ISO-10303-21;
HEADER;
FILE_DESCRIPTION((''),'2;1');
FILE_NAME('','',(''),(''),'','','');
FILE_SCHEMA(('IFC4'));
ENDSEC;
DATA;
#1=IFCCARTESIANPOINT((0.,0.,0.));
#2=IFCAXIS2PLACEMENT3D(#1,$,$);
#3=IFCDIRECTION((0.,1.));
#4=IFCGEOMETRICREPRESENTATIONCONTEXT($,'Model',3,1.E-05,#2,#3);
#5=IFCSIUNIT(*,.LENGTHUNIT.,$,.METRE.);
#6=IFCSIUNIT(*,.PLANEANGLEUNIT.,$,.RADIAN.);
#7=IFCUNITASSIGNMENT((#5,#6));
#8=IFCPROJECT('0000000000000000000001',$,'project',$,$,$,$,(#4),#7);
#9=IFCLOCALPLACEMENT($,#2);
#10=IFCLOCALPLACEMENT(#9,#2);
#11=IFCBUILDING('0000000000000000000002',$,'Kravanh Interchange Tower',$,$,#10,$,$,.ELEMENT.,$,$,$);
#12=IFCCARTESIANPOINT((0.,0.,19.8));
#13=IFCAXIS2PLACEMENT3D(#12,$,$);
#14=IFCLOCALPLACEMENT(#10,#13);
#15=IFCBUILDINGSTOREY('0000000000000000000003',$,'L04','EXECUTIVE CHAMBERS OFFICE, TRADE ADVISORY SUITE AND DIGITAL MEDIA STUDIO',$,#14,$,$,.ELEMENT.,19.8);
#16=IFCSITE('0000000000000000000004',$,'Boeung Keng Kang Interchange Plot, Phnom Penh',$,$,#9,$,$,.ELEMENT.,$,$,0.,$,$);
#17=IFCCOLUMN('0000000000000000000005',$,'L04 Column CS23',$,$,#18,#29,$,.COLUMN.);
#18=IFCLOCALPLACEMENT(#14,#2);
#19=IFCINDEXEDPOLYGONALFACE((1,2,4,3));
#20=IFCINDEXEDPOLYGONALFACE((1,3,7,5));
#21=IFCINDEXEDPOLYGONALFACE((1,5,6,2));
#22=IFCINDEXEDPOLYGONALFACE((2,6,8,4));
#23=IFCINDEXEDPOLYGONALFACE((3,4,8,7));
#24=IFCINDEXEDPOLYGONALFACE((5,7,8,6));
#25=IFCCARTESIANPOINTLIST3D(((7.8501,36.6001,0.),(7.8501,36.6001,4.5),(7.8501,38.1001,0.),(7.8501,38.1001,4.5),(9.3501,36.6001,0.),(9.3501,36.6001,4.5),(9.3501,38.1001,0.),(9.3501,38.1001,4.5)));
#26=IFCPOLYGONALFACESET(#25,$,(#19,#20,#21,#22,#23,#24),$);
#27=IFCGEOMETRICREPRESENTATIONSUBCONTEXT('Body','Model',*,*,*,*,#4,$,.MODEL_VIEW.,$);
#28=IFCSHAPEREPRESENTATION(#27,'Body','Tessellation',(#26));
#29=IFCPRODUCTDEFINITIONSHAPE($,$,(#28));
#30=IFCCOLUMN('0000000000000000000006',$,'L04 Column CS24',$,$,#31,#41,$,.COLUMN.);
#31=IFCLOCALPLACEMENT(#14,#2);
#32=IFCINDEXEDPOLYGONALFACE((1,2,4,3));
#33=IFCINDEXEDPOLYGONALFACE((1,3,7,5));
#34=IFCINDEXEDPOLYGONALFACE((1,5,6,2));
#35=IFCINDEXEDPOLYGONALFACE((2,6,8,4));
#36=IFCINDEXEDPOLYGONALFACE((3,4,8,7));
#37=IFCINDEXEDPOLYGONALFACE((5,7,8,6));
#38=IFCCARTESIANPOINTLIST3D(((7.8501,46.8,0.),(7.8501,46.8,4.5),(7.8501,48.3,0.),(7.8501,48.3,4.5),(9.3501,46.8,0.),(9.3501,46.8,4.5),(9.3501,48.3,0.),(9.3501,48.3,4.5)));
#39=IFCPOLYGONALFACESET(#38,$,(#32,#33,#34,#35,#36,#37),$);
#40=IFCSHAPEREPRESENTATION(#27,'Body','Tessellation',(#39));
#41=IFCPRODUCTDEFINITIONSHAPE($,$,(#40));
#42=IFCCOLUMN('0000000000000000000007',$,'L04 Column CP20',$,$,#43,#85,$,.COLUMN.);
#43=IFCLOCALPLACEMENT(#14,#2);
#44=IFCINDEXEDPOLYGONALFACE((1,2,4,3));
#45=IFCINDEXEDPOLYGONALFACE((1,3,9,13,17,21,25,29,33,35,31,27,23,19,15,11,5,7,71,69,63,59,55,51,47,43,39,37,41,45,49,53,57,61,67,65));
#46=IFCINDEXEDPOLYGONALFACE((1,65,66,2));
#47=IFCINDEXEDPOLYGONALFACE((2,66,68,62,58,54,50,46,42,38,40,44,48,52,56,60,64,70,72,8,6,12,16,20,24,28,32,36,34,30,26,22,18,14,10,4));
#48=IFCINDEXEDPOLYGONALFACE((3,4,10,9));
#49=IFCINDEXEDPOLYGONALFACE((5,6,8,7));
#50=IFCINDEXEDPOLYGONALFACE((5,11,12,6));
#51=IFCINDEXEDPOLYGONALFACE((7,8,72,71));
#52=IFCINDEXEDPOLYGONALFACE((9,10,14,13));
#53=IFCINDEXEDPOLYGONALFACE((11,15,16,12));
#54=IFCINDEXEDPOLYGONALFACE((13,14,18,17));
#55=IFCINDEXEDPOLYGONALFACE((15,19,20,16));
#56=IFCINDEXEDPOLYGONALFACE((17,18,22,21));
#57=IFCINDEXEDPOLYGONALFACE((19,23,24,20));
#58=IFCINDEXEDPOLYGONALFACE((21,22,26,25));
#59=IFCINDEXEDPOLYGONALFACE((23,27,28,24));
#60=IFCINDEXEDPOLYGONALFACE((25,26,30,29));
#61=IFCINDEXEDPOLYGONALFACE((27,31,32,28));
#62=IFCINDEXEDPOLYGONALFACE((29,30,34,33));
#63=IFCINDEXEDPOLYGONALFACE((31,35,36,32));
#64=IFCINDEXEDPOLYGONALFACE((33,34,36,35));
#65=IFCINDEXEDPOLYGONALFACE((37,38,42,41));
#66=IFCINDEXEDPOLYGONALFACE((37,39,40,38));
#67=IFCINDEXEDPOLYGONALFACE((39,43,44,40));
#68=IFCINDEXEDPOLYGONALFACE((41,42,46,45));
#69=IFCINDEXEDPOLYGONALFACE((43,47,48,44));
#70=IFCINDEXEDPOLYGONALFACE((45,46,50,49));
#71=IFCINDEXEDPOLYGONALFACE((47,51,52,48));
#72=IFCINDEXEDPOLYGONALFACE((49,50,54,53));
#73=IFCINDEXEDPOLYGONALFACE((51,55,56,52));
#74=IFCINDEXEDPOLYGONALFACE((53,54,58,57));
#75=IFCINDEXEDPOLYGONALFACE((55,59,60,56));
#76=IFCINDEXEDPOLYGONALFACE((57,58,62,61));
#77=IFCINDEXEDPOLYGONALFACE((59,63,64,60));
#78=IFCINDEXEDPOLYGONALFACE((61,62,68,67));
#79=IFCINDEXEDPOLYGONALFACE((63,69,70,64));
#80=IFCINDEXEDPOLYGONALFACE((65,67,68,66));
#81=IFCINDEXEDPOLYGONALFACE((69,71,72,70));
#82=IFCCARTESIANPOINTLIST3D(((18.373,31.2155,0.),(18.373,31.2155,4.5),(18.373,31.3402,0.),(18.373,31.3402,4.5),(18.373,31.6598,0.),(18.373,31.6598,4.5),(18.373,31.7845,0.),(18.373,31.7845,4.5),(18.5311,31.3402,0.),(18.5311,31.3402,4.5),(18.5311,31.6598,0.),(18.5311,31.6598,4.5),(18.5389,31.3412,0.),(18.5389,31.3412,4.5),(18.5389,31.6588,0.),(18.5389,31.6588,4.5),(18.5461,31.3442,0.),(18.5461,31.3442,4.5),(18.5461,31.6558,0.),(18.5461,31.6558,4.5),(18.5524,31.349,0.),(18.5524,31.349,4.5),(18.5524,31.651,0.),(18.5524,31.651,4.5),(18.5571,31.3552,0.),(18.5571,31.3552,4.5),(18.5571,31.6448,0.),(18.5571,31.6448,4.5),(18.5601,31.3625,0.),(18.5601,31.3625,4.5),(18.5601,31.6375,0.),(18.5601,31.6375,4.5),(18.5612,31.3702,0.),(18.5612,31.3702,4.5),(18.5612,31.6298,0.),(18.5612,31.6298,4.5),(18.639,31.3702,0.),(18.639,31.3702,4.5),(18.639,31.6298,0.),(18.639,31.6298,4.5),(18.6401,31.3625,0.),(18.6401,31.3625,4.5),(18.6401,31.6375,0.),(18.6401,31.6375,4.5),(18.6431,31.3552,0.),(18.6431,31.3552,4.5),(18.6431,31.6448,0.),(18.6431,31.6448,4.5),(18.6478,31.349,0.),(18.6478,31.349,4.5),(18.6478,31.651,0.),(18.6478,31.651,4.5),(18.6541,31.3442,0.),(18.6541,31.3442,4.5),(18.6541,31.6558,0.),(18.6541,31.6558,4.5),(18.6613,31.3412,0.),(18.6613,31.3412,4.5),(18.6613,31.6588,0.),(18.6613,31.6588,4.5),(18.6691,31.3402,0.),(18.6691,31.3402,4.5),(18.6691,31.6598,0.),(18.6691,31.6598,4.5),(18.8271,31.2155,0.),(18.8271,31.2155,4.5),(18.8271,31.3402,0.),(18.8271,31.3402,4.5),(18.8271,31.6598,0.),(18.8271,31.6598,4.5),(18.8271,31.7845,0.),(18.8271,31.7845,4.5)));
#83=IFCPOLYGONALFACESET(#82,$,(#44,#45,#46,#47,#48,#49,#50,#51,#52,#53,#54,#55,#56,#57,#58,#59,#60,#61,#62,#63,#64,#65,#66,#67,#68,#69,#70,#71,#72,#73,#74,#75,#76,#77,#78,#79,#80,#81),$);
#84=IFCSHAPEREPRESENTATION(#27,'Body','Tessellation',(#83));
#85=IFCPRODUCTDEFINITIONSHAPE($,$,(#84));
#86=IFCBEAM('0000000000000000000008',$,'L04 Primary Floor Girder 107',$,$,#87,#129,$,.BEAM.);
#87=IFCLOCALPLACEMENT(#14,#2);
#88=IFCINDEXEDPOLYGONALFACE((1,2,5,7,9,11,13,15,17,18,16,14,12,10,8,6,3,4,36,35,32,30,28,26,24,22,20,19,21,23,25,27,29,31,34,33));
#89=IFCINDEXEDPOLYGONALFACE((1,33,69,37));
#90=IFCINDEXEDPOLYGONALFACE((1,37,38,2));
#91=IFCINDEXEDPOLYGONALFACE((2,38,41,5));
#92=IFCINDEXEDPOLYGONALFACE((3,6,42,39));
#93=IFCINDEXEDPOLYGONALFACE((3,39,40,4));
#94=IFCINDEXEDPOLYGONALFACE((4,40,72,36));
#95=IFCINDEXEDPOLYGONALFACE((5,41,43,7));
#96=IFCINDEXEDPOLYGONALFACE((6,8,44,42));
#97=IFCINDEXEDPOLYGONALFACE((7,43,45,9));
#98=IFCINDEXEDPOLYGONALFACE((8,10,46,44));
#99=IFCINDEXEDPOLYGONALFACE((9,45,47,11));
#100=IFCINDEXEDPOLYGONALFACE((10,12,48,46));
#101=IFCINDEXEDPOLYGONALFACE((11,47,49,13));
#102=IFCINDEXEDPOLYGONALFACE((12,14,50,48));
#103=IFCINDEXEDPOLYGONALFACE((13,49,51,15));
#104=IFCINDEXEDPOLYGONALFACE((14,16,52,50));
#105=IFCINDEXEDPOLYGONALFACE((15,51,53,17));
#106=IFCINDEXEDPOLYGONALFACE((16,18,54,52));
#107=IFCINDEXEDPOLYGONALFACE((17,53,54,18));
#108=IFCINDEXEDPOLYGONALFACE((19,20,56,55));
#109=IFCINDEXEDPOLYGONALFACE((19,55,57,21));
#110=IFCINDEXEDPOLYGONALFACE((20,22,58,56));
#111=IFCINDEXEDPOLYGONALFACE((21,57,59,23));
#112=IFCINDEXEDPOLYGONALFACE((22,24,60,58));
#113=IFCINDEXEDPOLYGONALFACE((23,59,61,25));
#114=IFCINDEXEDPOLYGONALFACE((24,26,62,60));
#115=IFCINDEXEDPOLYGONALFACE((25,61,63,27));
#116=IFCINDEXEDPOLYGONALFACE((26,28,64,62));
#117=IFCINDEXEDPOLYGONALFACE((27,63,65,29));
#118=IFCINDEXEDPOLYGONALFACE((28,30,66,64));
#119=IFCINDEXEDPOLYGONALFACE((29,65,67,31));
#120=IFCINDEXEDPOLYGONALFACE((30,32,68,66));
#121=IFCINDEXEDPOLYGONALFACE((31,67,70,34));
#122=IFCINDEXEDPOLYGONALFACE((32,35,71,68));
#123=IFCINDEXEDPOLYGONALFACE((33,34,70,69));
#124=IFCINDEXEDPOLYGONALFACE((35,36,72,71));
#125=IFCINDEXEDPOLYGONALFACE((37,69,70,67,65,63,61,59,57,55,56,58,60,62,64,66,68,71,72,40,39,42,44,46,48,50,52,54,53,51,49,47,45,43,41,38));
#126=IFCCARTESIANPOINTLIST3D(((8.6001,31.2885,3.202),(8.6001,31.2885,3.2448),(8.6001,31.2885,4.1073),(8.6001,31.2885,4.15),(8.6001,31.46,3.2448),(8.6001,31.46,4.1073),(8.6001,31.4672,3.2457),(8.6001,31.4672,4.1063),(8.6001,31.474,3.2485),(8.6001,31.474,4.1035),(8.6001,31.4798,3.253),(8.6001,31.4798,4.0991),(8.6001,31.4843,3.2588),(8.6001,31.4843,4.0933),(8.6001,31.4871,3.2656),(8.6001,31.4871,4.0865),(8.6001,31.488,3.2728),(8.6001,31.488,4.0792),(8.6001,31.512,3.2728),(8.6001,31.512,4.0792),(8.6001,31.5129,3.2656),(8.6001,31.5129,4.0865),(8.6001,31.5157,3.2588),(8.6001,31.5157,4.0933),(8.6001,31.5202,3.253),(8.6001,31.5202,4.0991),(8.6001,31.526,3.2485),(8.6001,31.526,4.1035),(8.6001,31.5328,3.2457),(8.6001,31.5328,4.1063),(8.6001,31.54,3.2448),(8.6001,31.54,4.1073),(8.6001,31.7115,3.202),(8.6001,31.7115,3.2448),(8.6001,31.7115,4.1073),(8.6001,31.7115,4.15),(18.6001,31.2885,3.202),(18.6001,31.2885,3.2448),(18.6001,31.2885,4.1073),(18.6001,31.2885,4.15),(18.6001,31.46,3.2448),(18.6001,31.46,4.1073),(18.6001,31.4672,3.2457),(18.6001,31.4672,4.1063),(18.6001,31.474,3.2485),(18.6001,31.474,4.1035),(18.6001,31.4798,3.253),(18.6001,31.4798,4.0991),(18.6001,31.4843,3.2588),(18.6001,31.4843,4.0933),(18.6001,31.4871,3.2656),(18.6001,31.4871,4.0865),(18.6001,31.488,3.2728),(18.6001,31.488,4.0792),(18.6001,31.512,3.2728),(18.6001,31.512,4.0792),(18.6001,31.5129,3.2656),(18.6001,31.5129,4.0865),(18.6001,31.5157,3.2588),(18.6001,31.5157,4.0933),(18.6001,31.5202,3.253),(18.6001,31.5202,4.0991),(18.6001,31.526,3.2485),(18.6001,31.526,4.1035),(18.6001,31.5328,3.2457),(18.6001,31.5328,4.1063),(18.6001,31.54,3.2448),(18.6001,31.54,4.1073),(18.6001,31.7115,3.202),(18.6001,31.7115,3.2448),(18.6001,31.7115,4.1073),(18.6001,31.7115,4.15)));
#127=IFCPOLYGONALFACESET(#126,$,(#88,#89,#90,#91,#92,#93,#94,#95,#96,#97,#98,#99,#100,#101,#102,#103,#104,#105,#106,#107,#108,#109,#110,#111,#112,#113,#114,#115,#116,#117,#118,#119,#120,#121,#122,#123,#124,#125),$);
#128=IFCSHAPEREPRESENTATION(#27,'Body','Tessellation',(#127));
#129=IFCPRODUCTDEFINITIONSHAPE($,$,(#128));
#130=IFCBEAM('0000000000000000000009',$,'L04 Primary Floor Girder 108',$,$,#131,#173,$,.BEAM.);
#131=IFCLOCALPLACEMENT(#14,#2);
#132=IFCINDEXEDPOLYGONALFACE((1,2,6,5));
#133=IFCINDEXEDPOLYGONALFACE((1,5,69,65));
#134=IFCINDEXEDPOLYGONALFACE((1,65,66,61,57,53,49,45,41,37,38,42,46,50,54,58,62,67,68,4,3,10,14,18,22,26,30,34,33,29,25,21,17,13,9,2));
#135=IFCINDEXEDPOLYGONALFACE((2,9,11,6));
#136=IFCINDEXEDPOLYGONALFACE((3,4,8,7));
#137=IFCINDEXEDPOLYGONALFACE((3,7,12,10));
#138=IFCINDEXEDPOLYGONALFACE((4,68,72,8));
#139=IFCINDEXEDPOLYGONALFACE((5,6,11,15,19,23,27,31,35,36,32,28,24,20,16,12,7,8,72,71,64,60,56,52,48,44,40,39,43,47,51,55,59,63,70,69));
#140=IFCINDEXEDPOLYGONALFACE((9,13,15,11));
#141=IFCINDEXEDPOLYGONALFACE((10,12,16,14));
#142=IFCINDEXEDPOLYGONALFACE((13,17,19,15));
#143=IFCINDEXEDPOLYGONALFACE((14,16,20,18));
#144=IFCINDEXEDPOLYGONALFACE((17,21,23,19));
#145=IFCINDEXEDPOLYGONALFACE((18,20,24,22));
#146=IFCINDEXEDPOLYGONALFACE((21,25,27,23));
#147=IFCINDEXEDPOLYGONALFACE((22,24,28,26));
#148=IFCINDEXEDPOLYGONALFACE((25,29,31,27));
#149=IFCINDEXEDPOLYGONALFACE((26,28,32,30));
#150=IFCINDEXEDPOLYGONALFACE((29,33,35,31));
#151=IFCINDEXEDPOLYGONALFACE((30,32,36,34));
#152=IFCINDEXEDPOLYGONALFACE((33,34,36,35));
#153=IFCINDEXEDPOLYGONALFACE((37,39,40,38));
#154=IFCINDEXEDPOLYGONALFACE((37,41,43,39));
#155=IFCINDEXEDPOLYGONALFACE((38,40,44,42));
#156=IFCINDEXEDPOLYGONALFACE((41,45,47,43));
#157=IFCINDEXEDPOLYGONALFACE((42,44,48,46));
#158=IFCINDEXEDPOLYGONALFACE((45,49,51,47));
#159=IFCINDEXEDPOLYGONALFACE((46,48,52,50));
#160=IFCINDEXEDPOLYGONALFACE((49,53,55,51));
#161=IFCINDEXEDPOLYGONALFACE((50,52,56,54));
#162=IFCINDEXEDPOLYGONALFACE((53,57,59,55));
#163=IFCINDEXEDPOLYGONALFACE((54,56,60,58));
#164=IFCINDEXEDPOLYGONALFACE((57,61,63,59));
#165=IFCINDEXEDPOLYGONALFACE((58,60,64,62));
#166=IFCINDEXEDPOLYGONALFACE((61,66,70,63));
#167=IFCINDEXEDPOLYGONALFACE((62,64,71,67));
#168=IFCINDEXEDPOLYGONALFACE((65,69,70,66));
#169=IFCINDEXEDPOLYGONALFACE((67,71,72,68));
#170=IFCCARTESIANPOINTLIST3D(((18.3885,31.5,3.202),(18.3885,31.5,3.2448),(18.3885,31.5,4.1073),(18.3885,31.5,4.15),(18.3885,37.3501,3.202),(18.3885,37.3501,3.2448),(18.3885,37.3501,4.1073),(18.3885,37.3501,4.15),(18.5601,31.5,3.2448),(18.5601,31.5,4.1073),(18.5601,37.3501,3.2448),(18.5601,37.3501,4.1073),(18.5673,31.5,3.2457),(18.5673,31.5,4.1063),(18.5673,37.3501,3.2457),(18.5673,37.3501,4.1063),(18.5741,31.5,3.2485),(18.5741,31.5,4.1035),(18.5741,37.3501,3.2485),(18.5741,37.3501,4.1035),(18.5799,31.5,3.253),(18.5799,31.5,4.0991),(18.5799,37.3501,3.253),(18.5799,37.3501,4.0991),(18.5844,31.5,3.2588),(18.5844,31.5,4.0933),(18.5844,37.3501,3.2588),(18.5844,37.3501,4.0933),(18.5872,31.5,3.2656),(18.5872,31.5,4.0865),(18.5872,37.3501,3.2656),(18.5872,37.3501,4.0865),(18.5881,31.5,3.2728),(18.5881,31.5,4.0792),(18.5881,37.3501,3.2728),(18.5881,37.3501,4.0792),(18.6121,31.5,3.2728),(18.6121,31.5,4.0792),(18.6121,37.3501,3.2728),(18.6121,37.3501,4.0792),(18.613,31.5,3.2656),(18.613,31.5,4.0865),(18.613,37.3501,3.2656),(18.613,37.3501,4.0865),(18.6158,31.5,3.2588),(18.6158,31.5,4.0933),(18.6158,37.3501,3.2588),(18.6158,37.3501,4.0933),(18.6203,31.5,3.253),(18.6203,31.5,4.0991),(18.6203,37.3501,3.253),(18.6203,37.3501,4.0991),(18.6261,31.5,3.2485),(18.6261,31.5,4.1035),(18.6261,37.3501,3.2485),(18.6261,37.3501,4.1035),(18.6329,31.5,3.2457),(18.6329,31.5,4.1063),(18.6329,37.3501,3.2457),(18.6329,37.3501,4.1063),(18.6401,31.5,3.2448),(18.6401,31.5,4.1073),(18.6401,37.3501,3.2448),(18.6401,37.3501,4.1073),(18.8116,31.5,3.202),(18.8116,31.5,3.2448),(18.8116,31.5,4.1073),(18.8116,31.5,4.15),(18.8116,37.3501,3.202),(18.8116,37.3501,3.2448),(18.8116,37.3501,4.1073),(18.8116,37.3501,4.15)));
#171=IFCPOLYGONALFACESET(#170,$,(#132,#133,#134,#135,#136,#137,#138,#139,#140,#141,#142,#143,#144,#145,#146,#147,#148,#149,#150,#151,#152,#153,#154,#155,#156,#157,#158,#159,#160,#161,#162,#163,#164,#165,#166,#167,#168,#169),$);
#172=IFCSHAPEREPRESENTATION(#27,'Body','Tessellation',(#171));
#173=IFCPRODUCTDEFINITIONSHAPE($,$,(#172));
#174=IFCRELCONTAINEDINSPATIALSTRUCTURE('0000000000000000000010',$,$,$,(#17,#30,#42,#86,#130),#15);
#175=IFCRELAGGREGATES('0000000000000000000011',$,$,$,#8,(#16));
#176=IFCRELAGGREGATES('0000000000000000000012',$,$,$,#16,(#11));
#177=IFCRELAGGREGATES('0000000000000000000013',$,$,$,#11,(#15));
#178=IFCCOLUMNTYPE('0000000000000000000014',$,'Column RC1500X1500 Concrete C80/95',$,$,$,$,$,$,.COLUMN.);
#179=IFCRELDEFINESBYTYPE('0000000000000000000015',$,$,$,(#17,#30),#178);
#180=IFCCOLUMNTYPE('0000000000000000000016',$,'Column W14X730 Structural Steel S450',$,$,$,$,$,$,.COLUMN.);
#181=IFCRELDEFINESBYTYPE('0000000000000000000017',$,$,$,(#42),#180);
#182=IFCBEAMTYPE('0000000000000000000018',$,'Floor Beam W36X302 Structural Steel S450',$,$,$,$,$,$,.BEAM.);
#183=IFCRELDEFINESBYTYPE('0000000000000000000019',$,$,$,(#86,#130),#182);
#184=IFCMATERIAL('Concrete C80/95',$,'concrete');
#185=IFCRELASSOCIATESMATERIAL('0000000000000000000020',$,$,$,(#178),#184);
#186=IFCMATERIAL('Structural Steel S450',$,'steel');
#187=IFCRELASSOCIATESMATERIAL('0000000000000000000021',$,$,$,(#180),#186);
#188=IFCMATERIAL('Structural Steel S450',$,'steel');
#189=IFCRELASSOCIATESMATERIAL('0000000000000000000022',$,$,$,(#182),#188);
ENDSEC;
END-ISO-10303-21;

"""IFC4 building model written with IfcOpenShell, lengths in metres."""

from ifc_helpers import new_model, si_unit, direction, frame, origin, origin_2d, place, context, subcontext, project, spatial, rectangle, i_section, extrude, material, material_profile, profile_set, type_object, element, save


model = new_model("IFC4")

# Units and contexts
model_context = context("Model", 3, precision=1e-05, world=origin(), true_north=direction((0.0, 1.0)))
body_context = subcontext(model_context, "Body", "Model", "MODEL_VIEW")
ifc_project = project(units=[si_unit("LENGTHUNIT", "METRE"), si_unit("PLANEANGLEUNIT", "RADIAN")], contexts=[model_context])

# Site, building, storey
site_placement = place(None, origin())
site = spatial("IfcSite", under=ifc_project, at=site_placement, Name="Boeung Keng Kang Interchange Plot, Phnom Penh", CompositionType="ELEMENT", RefElevation=0.0)
building_placement = place(site_placement, origin())
building = spatial("IfcBuilding", under=site, at=building_placement, Name="Kravanh Interchange Tower", CompositionType="ELEMENT")
storey_placement = place(building_placement, frame((0.0, 0.0, 19.8)))
storey = spatial("IfcBuildingStorey", under=building, at=storey_placement, Name="L04", Description="EXECUTIVE CHAMBERS OFFICE, TRADE ADVISORY SUITE AND DIGITAL MEDIA STUDIO", CompositionType="ELEMENT", Elevation=19.8)

# Columns
ifc_material_1 = material(Name="Concrete C80/95", Category="concrete")
ifc_material_profile_1 = material_profile(ifc_material_1, rectangle(XDim=1.5, YDim=1.5, at=origin_2d()), Name="RC1500X1500")
ifc_profile_set_1 = profile_set([ifc_material_profile_1], Name="Concrete C80/95")
column_type_1 = type_object("IfcColumnType", Name="Column RC1500X1500 Concrete C80/95", PredefinedType="COLUMN", material=ifc_profile_set_1)
for number, where, z_axis, x_axis, name in (
    (1, (8.6001, 37.3501, 0.0), (0.0, 0.0, 1.0), (1.0, 0.0, 0.0), "L04 Column CS23"),
    (2, (8.6001, 47.55, 0.0), (0.0, 0.0, 1.0), (1.0, 0.0, 0.0), "L04 Column CS24"),
):
    element("IfcColumn", number, at=place(storey_placement, frame(where, z_axis=z_axis, x_axis=x_axis)), inside=storey, type_object=column_type_1, Name=name, PredefinedType="COLUMN", context=body_context, shape_type="SweptSolid", body=[
        extrude(rectangle(XDim=1.5, YDim=1.5, at=origin_2d()), origin(), (0.0, 0.0, 1.0), 4.5),
    ])
ifc_material_2 = material(Name="Structural Steel S450", Category="steel")
ifc_material_profile_2 = material_profile(ifc_material_2, i_section(OverallWidth=0.4541, OverallDepth=0.5691, WebThickness=0.0779, FlangeThickness=0.1248, FilletRadius=0.03, at=origin_2d()), Name="W14X730")
ifc_profile_set_2 = profile_set([ifc_material_profile_2], Name="Structural Steel S450")
column_type_2 = type_object("IfcColumnType", Name="Column W14X730 Structural Steel S450", PredefinedType="COLUMN", material=ifc_profile_set_2)
column_placement = place(storey_placement, frame((18.6001, 31.5, 0.0), z_axis=(0.0, 0.0, 1.0), x_axis=(1.0, 0.0, 0.0)))
element("IfcColumn", 3, at=column_placement, inside=storey, type_object=column_type_2, Name="L04 Column CP20", PredefinedType="COLUMN", context=body_context, shape_type="SweptSolid", body=[
    extrude(i_section(OverallWidth=0.4541, OverallDepth=0.5691, WebThickness=0.0779, FlangeThickness=0.1248, FilletRadius=0.03, at=origin_2d()), origin(), (0.0, 0.0, 1.0), 4.5),
])

# Beams
ifc_material_3 = material(Name="Structural Steel S450", Category="steel")
ifc_material_profile_3 = material_profile(ifc_material_3, i_section(OverallWidth=0.4231, OverallDepth=0.948, WebThickness=0.0239, FlangeThickness=0.0427, FilletRadius=0.0281, at=origin_2d()), Name="W36X302")
ifc_profile_set_3 = profile_set([ifc_material_profile_3], Name="Structural Steel S450")
beam_type = type_object("IfcBeamType", Name="Floor Beam W36X302 Structural Steel S450", PredefinedType="BEAM", material=ifc_profile_set_3)
beam_1_placement = place(storey_placement, frame((8.6001, 31.5, 3.676), z_axis=(1.0, 0.0, 0.0), x_axis=(0.0, 1.0, 0.0)))
element("IfcBeam", 4, at=beam_1_placement, inside=storey, type_object=beam_type, Name="L04 Primary Floor Girder 107", PredefinedType="BEAM", context=body_context, shape_type="SweptSolid", body=[
    extrude(i_section(OverallWidth=0.4231, OverallDepth=0.948, WebThickness=0.0239, FlangeThickness=0.0427, FilletRadius=0.0281, at=origin_2d()), origin(), (0.0, 0.0, 1.0), 10.0),
])
beam_2_placement = place(storey_placement, frame((18.6001, 31.5, 3.676), z_axis=(0.0, 1.0, 0.0), x_axis=(-1.0, 0.0, 0.0)))
element("IfcBeam", 5, at=beam_2_placement, inside=storey, type_object=beam_type, Name="L04 Primary Floor Girder 108", PredefinedType="BEAM", context=body_context, shape_type="SweptSolid", body=[
    extrude(i_section(OverallWidth=0.4231, OverallDepth=0.948, WebThickness=0.0239, FlangeThickness=0.0427, FilletRadius=0.0281, at=origin_2d()), origin(), (0.0, 0.0, 1.0), 5.8501),
])

save(model, "model.ifc")
